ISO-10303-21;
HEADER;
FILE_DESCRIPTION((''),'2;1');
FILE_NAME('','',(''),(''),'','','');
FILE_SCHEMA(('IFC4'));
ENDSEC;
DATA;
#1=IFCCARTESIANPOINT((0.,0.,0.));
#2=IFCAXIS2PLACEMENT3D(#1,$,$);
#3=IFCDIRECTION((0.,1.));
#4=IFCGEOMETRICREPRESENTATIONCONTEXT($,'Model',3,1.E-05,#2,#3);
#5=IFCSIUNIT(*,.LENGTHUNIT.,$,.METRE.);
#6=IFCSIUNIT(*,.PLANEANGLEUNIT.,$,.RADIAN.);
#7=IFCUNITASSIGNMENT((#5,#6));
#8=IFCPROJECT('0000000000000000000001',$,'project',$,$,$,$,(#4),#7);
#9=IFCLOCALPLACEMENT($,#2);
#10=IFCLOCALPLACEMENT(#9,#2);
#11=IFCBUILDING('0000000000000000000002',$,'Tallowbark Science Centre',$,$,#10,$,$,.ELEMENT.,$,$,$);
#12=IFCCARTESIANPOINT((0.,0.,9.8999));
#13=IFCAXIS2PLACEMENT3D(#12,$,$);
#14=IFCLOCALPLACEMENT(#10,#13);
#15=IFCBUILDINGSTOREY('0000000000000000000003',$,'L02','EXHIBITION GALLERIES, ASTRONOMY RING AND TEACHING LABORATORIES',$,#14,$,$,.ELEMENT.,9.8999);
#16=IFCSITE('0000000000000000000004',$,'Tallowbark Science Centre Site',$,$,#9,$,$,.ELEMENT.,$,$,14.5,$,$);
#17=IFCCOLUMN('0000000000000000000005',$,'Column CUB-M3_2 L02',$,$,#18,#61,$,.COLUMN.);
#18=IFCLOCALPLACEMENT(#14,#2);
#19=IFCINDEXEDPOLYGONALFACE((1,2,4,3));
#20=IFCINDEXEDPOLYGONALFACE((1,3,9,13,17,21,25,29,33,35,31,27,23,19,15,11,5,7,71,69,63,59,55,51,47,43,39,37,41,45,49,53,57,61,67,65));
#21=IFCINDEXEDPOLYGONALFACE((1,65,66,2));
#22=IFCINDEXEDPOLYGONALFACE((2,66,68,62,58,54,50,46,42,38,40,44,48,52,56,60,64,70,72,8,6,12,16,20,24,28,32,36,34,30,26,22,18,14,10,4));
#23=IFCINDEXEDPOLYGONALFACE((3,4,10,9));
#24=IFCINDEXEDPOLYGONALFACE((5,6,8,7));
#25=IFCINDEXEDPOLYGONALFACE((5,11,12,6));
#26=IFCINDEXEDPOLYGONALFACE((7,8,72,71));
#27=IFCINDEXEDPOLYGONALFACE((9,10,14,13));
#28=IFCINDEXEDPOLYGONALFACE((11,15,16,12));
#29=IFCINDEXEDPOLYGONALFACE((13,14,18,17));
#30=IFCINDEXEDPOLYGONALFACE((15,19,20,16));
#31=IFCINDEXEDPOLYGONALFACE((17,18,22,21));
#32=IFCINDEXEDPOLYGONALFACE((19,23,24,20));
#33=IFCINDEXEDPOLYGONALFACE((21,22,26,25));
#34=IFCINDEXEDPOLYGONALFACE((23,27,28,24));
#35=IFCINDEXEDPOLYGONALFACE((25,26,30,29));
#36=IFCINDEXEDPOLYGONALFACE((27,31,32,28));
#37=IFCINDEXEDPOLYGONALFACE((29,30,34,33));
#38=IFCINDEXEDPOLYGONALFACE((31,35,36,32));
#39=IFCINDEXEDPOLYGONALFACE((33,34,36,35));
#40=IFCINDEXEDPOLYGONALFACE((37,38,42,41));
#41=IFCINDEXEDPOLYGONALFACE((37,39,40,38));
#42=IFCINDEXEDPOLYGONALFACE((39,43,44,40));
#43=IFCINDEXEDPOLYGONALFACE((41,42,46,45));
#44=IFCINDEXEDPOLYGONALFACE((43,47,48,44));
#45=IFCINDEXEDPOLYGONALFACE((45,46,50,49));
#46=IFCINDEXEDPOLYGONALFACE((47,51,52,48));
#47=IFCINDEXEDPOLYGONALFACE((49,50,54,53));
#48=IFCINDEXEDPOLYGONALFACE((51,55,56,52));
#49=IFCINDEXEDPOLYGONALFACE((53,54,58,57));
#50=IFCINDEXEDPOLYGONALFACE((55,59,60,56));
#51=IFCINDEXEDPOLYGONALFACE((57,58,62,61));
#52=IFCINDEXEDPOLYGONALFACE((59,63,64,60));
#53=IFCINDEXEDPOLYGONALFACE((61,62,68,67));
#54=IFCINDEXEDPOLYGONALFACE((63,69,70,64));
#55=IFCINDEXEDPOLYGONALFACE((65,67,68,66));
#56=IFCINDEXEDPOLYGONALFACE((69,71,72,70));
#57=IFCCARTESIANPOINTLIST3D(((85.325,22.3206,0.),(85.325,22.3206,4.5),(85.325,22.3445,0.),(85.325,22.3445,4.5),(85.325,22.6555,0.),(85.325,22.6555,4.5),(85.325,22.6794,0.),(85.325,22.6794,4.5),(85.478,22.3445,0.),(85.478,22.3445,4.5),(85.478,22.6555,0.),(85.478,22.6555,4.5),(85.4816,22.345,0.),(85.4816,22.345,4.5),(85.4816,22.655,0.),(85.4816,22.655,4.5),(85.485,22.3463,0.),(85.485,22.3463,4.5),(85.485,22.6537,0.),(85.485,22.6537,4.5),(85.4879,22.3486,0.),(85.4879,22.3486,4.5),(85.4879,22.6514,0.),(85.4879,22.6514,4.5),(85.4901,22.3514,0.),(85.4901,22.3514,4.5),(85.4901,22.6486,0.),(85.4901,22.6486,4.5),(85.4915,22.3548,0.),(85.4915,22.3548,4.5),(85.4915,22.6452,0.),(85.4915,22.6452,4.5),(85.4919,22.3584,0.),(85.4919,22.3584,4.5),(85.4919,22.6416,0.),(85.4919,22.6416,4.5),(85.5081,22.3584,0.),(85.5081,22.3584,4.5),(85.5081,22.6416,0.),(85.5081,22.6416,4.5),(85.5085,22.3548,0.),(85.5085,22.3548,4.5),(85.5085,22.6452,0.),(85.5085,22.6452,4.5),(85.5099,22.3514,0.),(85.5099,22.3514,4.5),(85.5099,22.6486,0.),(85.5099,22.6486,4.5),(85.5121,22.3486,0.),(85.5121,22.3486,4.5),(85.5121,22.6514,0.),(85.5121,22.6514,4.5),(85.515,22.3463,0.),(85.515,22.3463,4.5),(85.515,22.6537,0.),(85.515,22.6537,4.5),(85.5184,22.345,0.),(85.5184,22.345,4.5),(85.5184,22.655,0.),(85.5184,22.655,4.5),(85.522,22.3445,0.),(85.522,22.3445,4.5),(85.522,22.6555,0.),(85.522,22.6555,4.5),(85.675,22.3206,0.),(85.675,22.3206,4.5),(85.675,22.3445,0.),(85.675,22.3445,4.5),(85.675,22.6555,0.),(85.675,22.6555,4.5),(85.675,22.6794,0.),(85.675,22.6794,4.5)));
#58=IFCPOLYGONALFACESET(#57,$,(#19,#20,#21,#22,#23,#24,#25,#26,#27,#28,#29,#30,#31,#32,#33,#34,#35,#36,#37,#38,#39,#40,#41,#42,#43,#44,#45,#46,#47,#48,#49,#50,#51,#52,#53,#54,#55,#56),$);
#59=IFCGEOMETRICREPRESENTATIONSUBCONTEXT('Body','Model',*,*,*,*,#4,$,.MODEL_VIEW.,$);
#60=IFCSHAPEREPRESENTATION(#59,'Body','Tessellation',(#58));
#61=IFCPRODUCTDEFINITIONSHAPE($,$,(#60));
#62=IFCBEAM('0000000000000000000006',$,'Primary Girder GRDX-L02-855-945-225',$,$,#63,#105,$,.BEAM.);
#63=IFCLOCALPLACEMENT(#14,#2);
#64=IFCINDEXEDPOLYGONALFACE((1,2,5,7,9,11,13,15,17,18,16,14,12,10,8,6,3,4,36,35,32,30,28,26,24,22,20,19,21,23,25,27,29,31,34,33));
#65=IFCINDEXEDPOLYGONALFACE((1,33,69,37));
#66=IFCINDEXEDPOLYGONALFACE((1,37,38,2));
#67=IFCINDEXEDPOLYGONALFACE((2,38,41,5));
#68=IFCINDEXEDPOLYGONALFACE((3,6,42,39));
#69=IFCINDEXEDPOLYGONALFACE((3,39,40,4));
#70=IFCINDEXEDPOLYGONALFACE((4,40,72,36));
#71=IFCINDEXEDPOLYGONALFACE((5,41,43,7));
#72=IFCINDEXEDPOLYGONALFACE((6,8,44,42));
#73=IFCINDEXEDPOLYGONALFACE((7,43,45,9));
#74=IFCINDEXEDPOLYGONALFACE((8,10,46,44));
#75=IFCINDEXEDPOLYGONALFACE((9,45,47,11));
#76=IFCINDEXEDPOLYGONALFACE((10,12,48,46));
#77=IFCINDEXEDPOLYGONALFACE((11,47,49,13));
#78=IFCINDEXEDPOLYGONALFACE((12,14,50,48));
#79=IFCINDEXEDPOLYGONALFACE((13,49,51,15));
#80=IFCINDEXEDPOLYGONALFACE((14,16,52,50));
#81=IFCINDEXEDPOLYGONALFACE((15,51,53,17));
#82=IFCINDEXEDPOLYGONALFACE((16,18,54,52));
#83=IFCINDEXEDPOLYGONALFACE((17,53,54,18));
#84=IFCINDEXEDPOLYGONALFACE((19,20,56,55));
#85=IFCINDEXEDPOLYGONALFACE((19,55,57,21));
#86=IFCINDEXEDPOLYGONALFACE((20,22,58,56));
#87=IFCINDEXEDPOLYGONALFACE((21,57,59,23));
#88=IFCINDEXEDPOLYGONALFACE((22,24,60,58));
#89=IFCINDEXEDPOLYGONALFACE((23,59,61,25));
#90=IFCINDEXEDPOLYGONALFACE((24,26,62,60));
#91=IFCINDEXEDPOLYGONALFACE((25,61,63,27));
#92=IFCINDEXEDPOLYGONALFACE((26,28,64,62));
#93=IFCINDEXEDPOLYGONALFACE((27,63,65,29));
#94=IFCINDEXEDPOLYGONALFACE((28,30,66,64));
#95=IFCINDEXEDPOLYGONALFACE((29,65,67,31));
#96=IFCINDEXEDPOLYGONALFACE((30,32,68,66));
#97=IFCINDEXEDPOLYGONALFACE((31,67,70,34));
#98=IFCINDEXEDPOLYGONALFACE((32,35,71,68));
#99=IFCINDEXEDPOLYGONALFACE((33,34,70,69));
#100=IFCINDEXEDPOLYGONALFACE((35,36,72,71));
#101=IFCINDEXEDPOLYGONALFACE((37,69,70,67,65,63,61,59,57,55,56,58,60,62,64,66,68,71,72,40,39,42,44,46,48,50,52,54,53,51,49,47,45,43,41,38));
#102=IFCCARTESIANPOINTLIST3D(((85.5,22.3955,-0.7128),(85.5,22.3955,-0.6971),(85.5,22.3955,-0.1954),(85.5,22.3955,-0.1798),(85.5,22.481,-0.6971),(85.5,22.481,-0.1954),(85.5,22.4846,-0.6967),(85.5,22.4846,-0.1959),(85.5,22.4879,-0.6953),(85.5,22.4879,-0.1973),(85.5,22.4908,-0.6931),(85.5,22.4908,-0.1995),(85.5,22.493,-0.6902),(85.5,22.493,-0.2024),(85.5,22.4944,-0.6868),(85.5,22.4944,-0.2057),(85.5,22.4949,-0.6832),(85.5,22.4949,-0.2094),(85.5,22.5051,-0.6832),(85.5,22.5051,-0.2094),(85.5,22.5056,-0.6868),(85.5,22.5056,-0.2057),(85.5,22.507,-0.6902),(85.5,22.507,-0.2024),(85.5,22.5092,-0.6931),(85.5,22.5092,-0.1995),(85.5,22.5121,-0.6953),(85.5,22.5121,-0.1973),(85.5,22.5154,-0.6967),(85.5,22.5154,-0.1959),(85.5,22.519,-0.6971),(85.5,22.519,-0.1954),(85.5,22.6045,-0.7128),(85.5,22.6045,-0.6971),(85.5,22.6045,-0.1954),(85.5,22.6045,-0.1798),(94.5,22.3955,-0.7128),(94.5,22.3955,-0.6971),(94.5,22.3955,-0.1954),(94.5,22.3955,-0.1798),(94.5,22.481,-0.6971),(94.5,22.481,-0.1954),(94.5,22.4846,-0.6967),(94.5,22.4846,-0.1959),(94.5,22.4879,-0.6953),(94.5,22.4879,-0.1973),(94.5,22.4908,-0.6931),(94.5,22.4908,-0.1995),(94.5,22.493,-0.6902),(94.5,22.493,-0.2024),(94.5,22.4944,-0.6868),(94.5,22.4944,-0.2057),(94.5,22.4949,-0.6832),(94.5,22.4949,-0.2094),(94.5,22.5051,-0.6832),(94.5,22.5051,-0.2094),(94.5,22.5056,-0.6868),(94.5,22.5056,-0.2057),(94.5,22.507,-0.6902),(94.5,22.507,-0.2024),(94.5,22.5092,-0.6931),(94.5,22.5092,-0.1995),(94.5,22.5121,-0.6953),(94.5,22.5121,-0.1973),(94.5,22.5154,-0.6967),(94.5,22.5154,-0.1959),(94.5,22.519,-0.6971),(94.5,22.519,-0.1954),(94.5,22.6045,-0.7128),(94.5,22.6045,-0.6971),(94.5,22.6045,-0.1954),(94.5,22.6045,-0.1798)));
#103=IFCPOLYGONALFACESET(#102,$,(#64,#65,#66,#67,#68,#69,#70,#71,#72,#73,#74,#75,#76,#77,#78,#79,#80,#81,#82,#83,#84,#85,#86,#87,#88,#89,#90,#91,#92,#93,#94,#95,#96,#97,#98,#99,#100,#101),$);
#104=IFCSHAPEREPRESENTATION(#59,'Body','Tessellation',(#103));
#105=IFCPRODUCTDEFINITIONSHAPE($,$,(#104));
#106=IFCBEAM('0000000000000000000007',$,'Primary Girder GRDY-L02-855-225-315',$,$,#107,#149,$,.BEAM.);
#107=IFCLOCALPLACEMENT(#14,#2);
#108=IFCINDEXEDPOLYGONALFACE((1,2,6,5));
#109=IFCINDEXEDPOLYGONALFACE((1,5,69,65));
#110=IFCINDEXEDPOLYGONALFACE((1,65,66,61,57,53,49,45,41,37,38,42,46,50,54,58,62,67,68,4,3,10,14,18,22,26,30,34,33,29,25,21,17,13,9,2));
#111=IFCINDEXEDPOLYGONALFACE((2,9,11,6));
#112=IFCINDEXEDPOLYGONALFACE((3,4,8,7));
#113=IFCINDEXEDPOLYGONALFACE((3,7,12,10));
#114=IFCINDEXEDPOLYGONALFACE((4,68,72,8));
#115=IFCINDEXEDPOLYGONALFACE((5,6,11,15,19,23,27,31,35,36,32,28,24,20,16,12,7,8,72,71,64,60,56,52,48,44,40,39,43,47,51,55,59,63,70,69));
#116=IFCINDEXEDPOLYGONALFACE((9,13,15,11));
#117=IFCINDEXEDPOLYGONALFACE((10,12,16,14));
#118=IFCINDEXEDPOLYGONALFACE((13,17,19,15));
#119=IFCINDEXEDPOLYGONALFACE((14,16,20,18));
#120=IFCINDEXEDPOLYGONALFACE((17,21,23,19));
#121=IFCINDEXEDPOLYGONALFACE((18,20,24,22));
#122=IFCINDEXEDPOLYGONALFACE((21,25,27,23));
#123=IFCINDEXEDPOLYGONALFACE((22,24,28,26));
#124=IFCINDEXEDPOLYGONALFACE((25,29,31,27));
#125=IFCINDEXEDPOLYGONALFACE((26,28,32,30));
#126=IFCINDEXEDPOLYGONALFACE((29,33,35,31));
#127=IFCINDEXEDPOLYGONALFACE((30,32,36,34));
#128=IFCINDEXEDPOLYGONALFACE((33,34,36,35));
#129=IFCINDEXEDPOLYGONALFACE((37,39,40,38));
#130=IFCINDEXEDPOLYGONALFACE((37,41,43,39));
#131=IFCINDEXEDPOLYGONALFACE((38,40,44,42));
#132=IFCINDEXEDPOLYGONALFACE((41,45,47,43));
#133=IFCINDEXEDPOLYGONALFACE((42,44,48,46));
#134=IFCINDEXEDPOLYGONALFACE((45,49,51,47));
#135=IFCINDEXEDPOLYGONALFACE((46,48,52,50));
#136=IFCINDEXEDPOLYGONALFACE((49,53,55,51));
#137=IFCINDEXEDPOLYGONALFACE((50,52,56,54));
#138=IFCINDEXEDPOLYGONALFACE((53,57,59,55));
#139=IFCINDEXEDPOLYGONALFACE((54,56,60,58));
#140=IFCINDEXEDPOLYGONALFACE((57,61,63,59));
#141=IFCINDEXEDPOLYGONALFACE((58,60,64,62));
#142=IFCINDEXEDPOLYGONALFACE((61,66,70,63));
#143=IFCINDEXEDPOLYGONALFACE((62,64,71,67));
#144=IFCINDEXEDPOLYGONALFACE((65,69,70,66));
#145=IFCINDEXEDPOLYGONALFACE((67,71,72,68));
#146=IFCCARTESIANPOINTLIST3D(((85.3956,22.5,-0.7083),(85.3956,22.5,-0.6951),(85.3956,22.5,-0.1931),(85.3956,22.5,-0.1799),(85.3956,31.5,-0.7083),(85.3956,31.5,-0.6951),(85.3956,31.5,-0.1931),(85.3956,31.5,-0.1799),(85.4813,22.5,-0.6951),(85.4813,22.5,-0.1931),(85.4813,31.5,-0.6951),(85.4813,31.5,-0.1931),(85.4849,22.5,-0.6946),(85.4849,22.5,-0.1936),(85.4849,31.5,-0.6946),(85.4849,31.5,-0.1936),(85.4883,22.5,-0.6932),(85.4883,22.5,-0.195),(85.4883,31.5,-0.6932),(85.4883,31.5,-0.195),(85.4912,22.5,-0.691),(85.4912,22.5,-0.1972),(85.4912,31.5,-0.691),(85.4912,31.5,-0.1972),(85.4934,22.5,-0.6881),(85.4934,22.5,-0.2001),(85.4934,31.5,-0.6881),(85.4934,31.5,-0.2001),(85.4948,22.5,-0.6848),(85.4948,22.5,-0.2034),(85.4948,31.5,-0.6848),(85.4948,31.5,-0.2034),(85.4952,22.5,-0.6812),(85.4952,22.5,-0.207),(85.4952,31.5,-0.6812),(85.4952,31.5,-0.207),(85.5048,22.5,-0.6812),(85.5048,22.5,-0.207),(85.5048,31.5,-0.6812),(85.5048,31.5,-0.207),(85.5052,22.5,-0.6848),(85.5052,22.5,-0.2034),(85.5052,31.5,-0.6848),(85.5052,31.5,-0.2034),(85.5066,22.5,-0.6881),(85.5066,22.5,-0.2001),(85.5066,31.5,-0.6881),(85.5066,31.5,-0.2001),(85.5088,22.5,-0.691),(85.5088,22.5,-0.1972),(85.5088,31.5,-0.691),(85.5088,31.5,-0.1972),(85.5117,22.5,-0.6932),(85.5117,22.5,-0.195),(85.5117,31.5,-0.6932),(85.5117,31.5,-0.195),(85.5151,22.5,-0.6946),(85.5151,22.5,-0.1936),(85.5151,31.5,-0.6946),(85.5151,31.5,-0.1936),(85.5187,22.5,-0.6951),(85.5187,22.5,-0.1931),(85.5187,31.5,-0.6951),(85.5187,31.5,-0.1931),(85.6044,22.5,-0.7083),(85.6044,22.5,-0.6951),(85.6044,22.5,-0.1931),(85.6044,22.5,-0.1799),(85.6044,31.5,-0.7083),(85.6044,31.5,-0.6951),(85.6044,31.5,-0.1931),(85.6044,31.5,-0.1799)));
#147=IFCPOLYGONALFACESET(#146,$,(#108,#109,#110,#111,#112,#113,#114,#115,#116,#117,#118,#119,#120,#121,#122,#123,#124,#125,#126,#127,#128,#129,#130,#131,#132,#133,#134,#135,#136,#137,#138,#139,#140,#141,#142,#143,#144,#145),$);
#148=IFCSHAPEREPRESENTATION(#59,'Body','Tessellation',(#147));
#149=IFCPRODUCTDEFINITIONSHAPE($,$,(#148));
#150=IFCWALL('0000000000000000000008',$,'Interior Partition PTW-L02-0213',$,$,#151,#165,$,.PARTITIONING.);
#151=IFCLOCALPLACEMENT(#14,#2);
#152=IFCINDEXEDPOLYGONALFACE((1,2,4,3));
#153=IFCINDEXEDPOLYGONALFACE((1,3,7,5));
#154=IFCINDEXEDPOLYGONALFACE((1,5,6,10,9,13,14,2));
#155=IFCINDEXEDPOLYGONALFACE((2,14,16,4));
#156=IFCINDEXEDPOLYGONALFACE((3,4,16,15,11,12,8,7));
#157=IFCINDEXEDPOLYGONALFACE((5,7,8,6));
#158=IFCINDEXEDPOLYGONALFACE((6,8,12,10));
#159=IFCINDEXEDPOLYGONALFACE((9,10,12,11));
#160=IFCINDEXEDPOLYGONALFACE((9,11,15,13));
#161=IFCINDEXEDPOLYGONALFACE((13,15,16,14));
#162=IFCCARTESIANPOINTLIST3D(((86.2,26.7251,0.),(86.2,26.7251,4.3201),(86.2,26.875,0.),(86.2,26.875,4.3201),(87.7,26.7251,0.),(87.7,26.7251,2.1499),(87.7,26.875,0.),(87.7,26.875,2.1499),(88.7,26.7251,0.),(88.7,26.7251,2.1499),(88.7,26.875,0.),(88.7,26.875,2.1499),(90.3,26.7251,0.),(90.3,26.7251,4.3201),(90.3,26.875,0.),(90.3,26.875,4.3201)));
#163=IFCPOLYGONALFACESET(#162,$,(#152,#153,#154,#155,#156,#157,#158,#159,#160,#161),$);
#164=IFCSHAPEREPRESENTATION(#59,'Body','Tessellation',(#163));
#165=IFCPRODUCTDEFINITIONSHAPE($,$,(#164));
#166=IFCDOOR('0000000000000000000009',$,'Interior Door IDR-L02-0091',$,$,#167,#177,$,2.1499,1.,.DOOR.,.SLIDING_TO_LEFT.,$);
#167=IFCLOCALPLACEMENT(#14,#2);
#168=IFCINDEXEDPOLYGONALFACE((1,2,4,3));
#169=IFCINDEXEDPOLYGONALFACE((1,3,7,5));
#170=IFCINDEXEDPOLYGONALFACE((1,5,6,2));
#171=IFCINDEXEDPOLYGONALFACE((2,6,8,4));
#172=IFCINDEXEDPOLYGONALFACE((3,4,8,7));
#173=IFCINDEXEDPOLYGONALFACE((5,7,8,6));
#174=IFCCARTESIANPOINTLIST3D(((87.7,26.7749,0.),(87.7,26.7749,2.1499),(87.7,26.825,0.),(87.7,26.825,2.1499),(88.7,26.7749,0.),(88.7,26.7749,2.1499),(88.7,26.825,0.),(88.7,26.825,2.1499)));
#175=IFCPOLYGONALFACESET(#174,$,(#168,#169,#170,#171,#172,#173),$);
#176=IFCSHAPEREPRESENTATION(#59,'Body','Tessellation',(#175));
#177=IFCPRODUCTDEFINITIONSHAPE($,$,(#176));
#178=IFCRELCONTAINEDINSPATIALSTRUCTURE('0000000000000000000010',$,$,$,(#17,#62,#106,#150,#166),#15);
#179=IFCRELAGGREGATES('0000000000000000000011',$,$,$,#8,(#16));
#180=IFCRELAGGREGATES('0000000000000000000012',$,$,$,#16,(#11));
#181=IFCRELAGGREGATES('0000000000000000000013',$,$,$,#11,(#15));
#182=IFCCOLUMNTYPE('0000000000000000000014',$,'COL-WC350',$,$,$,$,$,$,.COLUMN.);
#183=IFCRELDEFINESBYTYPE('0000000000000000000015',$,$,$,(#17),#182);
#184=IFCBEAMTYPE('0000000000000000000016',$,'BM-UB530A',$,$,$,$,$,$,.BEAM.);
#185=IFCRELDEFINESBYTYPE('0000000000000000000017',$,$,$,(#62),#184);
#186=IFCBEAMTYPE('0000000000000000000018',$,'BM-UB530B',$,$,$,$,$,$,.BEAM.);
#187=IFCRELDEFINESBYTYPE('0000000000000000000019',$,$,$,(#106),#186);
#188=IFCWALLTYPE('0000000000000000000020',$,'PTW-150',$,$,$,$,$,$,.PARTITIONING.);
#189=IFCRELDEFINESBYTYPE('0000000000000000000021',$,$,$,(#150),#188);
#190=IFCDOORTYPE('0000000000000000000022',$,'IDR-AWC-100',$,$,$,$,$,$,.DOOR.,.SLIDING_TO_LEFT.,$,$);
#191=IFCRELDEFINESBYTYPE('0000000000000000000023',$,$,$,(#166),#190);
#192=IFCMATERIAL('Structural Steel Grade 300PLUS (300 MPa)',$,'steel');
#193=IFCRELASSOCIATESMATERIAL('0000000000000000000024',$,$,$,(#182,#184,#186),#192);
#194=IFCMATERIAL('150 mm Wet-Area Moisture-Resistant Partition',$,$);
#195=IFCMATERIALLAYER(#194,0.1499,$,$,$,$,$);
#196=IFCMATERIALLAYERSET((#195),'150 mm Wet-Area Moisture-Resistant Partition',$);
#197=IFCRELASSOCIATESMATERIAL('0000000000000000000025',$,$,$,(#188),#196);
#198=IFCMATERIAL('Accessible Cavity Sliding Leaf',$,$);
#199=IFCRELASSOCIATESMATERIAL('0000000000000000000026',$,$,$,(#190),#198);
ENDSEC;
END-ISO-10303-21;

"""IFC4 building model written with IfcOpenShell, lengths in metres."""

from ifc_helpers import new_model, si_unit, direction, frame, frame_2d, origin, origin_2d, place, context, subcontext, project, spatial, rectangle, i_section, extrude, material, layer, layer_set, material_profile, profile_set, type_object, element, fill, save


model = new_model("IFC4")

# Units and contexts
model_context = context("Model", 3, precision=1e-05, world=origin(), true_north=direction((0.0, 1.0)))
body_context = subcontext(model_context, "Body", "Model", "MODEL_VIEW")
ifc_project = project(units=[si_unit("LENGTHUNIT", "METRE"), si_unit("PLANEANGLEUNIT", "RADIAN")], contexts=[model_context])

# Site, building, storey
site_placement = place(None, origin())
site = spatial("IfcSite", under=ifc_project, at=site_placement, Name="Tallowbark Science Centre Site", CompositionType="ELEMENT", RefElevation=14.5)
building_placement = place(site_placement, origin())
building = spatial("IfcBuilding", under=site, at=building_placement, Name="Tallowbark Science Centre", CompositionType="ELEMENT")
storey_placement = place(building_placement, frame((0.0, 0.0, 9.8999)))
storey = spatial("IfcBuildingStorey", under=building, at=storey_placement, Name="L02", Description="EXHIBITION GALLERIES, ASTRONOMY RING AND TEACHING LABORATORIES", CompositionType="ELEMENT", Elevation=9.8999)

# Column
ifc_material_1 = material(Name="Structural Steel Grade 300PLUS (300 MPa)", Category="steel")
ifc_material_profile_1 = material_profile(ifc_material_1, i_section(OverallWidth=0.3501, OverallDepth=0.3589, WebThickness=0.0161, FlangeThickness=0.0239, FilletRadius=0.0139, at=origin_2d()), Name="350WC197")
ifc_profile_set_1 = profile_set([ifc_material_profile_1], Name="Structural Steel Grade 300PLUS (300 MPa)")
column_type = type_object("IfcColumnType", Name="COL-WC350", PredefinedType="COLUMN", material=ifc_profile_set_1)
column_placement = place(storey_placement, frame((85.5, 22.5, 0.0), z_axis=(0.0, 0.0, 1.0), x_axis=(1.0, 0.0, 0.0)))
element("IfcColumn", 1, at=column_placement, inside=storey, type_object=column_type, Name="Column CUB-M3_2 L02", PredefinedType="COLUMN", context=body_context, shape_type="SweptSolid", body=[
    extrude(i_section(OverallWidth=0.3501, OverallDepth=0.3589, WebThickness=0.0161, FlangeThickness=0.0239, FilletRadius=0.0139, at=origin_2d()), origin(), (0.0, 0.0, 1.0), 4.5),
])

# Beams
ifc_material_profile_2 = material_profile(ifc_material_1, i_section(OverallWidth=0.209, OverallDepth=0.533, WebThickness=0.0103, FlangeThickness=0.0156, FilletRadius=0.0139, at=origin_2d()), Name="530UB92.4")
ifc_profile_set_2 = profile_set([ifc_material_profile_2], Name="Structural Steel Grade 300PLUS (300 MPa)")
beam_type_1 = type_object("IfcBeamType", Name="BM-UB530A", PredefinedType="BEAM", material=ifc_profile_set_2)
beam_1_placement = place(storey_placement, frame((85.5, 22.5, -0.4463), z_axis=(1.0, 0.0, 0.0), x_axis=(0.0, 1.0, 0.0)))
element("IfcBeam", 2, at=beam_1_placement, inside=storey, type_object=beam_type_1, Name="Primary Girder GRDX-L02-855-945-225", PredefinedType="BEAM", context=body_context, shape_type="SweptSolid", body=[
    extrude(i_section(OverallWidth=0.209, OverallDepth=0.533, WebThickness=0.0103, FlangeThickness=0.0156, FilletRadius=0.0139, at=origin_2d()), origin(), (0.0, 0.0, 1.0), 9.0),
])
ifc_material_profile_3 = material_profile(ifc_material_1, i_section(OverallWidth=0.2087, OverallDepth=0.5283, WebThickness=0.0095, FlangeThickness=0.0132, FilletRadius=0.0139, at=origin_2d()), Name="530UB82.0")
ifc_profile_set_3 = profile_set([ifc_material_profile_3], Name="Structural Steel Grade 300PLUS (300 MPa)")
beam_type_2 = type_object("IfcBeamType", Name="BM-UB530B", PredefinedType="BEAM", material=ifc_profile_set_3)
beam_2_placement = place(storey_placement, frame((85.5, 22.5, -0.4441), z_axis=(0.0, 1.0, 0.0), x_axis=(-1.0, 0.0, 0.0)))
element("IfcBeam", 3, at=beam_2_placement, inside=storey, type_object=beam_type_2, Name="Primary Girder GRDY-L02-855-225-315", PredefinedType="BEAM", context=body_context, shape_type="SweptSolid", body=[
    extrude(i_section(OverallWidth=0.2087, OverallDepth=0.5283, WebThickness=0.0095, FlangeThickness=0.0132, FilletRadius=0.0139, at=origin_2d()), origin(), (0.0, 0.0, 1.0), 9.0),
])

# Wall, opening, door
ifc_material_2 = material(Name="150 mm Wet-Area Moisture-Resistant Partition")
ifc_layer_1 = layer(ifc_material_2, 0.1499)
ifc_layer_set_1 = layer_set([ifc_layer_1], Name="150 mm Wet-Area Moisture-Resistant Partition")
wall_type = type_object("IfcWallType", Name="PTW-150", PredefinedType="PARTITIONING", material=ifc_layer_set_1)
wall_1_placement = place(storey_placement, frame((86.2, 26.8, 0.0), z_axis=(0.0, 0.0, 1.0), x_axis=(1.0, 0.0, 0.0)))
wall_1 = element("IfcWall", 4, at=wall_1_placement, inside=storey, type_object=wall_type, Name="Interior Partition PTW-L02-0213", PredefinedType="PARTITIONING", context=body_context, shape_type="SweptSolid", body=[
    extrude(rectangle(XDim=4.1001, YDim=0.1499, at=frame_2d((2.05, 0.0))), origin(), (0.0, 0.0, 1.0), 4.3201),
])
opening_placement = place(wall_1_placement, frame((1.5, 0.0, 0.0)))
opening = element("IfcOpeningElement", 5, at=opening_placement, cuts=wall_1, PredefinedType="OPENING", context=body_context, shape_type="SweptSolid", body=[
    extrude(rectangle(XDim=1.0, YDim=2.1499, at=frame_2d((0.5, 1.075))), frame((0.0, 0.085, 0.0), z_axis=(0.0, -1.0, 0.0), x_axis=(1.0, 0.0, 0.0)), (0.0, 0.0, 1.0), 0.1699),
])
ifc_material_3 = material(Name="Accessible Cavity Sliding Leaf")
door_type = type_object("IfcDoorType", Name="IDR-AWC-100", OperationType="SLIDING_TO_LEFT", PredefinedType="DOOR", material=ifc_material_3)
door_placement = place(opening_placement, origin())
door = element("IfcDoor", 6, at=door_placement, inside=storey, type_object=door_type, Name="Interior Door IDR-L02-0091", OperationType="SLIDING_TO_LEFT", OverallHeight=2.1499, OverallWidth=1.0, PredefinedType="DOOR", context=body_context, shape_type="SweptSolid", body=[
    extrude(rectangle(XDim=1.0, YDim=2.1499, at=frame_2d((0.5, 1.075))), frame((0.0, 0.0249, 0.0), z_axis=(0.0, -1.0, 0.0), x_axis=(1.0, 0.0, 0.0)), (0.0, 0.0, 1.0), 0.05),
])
fill(opening, door)

save(model, "model.ifc")
